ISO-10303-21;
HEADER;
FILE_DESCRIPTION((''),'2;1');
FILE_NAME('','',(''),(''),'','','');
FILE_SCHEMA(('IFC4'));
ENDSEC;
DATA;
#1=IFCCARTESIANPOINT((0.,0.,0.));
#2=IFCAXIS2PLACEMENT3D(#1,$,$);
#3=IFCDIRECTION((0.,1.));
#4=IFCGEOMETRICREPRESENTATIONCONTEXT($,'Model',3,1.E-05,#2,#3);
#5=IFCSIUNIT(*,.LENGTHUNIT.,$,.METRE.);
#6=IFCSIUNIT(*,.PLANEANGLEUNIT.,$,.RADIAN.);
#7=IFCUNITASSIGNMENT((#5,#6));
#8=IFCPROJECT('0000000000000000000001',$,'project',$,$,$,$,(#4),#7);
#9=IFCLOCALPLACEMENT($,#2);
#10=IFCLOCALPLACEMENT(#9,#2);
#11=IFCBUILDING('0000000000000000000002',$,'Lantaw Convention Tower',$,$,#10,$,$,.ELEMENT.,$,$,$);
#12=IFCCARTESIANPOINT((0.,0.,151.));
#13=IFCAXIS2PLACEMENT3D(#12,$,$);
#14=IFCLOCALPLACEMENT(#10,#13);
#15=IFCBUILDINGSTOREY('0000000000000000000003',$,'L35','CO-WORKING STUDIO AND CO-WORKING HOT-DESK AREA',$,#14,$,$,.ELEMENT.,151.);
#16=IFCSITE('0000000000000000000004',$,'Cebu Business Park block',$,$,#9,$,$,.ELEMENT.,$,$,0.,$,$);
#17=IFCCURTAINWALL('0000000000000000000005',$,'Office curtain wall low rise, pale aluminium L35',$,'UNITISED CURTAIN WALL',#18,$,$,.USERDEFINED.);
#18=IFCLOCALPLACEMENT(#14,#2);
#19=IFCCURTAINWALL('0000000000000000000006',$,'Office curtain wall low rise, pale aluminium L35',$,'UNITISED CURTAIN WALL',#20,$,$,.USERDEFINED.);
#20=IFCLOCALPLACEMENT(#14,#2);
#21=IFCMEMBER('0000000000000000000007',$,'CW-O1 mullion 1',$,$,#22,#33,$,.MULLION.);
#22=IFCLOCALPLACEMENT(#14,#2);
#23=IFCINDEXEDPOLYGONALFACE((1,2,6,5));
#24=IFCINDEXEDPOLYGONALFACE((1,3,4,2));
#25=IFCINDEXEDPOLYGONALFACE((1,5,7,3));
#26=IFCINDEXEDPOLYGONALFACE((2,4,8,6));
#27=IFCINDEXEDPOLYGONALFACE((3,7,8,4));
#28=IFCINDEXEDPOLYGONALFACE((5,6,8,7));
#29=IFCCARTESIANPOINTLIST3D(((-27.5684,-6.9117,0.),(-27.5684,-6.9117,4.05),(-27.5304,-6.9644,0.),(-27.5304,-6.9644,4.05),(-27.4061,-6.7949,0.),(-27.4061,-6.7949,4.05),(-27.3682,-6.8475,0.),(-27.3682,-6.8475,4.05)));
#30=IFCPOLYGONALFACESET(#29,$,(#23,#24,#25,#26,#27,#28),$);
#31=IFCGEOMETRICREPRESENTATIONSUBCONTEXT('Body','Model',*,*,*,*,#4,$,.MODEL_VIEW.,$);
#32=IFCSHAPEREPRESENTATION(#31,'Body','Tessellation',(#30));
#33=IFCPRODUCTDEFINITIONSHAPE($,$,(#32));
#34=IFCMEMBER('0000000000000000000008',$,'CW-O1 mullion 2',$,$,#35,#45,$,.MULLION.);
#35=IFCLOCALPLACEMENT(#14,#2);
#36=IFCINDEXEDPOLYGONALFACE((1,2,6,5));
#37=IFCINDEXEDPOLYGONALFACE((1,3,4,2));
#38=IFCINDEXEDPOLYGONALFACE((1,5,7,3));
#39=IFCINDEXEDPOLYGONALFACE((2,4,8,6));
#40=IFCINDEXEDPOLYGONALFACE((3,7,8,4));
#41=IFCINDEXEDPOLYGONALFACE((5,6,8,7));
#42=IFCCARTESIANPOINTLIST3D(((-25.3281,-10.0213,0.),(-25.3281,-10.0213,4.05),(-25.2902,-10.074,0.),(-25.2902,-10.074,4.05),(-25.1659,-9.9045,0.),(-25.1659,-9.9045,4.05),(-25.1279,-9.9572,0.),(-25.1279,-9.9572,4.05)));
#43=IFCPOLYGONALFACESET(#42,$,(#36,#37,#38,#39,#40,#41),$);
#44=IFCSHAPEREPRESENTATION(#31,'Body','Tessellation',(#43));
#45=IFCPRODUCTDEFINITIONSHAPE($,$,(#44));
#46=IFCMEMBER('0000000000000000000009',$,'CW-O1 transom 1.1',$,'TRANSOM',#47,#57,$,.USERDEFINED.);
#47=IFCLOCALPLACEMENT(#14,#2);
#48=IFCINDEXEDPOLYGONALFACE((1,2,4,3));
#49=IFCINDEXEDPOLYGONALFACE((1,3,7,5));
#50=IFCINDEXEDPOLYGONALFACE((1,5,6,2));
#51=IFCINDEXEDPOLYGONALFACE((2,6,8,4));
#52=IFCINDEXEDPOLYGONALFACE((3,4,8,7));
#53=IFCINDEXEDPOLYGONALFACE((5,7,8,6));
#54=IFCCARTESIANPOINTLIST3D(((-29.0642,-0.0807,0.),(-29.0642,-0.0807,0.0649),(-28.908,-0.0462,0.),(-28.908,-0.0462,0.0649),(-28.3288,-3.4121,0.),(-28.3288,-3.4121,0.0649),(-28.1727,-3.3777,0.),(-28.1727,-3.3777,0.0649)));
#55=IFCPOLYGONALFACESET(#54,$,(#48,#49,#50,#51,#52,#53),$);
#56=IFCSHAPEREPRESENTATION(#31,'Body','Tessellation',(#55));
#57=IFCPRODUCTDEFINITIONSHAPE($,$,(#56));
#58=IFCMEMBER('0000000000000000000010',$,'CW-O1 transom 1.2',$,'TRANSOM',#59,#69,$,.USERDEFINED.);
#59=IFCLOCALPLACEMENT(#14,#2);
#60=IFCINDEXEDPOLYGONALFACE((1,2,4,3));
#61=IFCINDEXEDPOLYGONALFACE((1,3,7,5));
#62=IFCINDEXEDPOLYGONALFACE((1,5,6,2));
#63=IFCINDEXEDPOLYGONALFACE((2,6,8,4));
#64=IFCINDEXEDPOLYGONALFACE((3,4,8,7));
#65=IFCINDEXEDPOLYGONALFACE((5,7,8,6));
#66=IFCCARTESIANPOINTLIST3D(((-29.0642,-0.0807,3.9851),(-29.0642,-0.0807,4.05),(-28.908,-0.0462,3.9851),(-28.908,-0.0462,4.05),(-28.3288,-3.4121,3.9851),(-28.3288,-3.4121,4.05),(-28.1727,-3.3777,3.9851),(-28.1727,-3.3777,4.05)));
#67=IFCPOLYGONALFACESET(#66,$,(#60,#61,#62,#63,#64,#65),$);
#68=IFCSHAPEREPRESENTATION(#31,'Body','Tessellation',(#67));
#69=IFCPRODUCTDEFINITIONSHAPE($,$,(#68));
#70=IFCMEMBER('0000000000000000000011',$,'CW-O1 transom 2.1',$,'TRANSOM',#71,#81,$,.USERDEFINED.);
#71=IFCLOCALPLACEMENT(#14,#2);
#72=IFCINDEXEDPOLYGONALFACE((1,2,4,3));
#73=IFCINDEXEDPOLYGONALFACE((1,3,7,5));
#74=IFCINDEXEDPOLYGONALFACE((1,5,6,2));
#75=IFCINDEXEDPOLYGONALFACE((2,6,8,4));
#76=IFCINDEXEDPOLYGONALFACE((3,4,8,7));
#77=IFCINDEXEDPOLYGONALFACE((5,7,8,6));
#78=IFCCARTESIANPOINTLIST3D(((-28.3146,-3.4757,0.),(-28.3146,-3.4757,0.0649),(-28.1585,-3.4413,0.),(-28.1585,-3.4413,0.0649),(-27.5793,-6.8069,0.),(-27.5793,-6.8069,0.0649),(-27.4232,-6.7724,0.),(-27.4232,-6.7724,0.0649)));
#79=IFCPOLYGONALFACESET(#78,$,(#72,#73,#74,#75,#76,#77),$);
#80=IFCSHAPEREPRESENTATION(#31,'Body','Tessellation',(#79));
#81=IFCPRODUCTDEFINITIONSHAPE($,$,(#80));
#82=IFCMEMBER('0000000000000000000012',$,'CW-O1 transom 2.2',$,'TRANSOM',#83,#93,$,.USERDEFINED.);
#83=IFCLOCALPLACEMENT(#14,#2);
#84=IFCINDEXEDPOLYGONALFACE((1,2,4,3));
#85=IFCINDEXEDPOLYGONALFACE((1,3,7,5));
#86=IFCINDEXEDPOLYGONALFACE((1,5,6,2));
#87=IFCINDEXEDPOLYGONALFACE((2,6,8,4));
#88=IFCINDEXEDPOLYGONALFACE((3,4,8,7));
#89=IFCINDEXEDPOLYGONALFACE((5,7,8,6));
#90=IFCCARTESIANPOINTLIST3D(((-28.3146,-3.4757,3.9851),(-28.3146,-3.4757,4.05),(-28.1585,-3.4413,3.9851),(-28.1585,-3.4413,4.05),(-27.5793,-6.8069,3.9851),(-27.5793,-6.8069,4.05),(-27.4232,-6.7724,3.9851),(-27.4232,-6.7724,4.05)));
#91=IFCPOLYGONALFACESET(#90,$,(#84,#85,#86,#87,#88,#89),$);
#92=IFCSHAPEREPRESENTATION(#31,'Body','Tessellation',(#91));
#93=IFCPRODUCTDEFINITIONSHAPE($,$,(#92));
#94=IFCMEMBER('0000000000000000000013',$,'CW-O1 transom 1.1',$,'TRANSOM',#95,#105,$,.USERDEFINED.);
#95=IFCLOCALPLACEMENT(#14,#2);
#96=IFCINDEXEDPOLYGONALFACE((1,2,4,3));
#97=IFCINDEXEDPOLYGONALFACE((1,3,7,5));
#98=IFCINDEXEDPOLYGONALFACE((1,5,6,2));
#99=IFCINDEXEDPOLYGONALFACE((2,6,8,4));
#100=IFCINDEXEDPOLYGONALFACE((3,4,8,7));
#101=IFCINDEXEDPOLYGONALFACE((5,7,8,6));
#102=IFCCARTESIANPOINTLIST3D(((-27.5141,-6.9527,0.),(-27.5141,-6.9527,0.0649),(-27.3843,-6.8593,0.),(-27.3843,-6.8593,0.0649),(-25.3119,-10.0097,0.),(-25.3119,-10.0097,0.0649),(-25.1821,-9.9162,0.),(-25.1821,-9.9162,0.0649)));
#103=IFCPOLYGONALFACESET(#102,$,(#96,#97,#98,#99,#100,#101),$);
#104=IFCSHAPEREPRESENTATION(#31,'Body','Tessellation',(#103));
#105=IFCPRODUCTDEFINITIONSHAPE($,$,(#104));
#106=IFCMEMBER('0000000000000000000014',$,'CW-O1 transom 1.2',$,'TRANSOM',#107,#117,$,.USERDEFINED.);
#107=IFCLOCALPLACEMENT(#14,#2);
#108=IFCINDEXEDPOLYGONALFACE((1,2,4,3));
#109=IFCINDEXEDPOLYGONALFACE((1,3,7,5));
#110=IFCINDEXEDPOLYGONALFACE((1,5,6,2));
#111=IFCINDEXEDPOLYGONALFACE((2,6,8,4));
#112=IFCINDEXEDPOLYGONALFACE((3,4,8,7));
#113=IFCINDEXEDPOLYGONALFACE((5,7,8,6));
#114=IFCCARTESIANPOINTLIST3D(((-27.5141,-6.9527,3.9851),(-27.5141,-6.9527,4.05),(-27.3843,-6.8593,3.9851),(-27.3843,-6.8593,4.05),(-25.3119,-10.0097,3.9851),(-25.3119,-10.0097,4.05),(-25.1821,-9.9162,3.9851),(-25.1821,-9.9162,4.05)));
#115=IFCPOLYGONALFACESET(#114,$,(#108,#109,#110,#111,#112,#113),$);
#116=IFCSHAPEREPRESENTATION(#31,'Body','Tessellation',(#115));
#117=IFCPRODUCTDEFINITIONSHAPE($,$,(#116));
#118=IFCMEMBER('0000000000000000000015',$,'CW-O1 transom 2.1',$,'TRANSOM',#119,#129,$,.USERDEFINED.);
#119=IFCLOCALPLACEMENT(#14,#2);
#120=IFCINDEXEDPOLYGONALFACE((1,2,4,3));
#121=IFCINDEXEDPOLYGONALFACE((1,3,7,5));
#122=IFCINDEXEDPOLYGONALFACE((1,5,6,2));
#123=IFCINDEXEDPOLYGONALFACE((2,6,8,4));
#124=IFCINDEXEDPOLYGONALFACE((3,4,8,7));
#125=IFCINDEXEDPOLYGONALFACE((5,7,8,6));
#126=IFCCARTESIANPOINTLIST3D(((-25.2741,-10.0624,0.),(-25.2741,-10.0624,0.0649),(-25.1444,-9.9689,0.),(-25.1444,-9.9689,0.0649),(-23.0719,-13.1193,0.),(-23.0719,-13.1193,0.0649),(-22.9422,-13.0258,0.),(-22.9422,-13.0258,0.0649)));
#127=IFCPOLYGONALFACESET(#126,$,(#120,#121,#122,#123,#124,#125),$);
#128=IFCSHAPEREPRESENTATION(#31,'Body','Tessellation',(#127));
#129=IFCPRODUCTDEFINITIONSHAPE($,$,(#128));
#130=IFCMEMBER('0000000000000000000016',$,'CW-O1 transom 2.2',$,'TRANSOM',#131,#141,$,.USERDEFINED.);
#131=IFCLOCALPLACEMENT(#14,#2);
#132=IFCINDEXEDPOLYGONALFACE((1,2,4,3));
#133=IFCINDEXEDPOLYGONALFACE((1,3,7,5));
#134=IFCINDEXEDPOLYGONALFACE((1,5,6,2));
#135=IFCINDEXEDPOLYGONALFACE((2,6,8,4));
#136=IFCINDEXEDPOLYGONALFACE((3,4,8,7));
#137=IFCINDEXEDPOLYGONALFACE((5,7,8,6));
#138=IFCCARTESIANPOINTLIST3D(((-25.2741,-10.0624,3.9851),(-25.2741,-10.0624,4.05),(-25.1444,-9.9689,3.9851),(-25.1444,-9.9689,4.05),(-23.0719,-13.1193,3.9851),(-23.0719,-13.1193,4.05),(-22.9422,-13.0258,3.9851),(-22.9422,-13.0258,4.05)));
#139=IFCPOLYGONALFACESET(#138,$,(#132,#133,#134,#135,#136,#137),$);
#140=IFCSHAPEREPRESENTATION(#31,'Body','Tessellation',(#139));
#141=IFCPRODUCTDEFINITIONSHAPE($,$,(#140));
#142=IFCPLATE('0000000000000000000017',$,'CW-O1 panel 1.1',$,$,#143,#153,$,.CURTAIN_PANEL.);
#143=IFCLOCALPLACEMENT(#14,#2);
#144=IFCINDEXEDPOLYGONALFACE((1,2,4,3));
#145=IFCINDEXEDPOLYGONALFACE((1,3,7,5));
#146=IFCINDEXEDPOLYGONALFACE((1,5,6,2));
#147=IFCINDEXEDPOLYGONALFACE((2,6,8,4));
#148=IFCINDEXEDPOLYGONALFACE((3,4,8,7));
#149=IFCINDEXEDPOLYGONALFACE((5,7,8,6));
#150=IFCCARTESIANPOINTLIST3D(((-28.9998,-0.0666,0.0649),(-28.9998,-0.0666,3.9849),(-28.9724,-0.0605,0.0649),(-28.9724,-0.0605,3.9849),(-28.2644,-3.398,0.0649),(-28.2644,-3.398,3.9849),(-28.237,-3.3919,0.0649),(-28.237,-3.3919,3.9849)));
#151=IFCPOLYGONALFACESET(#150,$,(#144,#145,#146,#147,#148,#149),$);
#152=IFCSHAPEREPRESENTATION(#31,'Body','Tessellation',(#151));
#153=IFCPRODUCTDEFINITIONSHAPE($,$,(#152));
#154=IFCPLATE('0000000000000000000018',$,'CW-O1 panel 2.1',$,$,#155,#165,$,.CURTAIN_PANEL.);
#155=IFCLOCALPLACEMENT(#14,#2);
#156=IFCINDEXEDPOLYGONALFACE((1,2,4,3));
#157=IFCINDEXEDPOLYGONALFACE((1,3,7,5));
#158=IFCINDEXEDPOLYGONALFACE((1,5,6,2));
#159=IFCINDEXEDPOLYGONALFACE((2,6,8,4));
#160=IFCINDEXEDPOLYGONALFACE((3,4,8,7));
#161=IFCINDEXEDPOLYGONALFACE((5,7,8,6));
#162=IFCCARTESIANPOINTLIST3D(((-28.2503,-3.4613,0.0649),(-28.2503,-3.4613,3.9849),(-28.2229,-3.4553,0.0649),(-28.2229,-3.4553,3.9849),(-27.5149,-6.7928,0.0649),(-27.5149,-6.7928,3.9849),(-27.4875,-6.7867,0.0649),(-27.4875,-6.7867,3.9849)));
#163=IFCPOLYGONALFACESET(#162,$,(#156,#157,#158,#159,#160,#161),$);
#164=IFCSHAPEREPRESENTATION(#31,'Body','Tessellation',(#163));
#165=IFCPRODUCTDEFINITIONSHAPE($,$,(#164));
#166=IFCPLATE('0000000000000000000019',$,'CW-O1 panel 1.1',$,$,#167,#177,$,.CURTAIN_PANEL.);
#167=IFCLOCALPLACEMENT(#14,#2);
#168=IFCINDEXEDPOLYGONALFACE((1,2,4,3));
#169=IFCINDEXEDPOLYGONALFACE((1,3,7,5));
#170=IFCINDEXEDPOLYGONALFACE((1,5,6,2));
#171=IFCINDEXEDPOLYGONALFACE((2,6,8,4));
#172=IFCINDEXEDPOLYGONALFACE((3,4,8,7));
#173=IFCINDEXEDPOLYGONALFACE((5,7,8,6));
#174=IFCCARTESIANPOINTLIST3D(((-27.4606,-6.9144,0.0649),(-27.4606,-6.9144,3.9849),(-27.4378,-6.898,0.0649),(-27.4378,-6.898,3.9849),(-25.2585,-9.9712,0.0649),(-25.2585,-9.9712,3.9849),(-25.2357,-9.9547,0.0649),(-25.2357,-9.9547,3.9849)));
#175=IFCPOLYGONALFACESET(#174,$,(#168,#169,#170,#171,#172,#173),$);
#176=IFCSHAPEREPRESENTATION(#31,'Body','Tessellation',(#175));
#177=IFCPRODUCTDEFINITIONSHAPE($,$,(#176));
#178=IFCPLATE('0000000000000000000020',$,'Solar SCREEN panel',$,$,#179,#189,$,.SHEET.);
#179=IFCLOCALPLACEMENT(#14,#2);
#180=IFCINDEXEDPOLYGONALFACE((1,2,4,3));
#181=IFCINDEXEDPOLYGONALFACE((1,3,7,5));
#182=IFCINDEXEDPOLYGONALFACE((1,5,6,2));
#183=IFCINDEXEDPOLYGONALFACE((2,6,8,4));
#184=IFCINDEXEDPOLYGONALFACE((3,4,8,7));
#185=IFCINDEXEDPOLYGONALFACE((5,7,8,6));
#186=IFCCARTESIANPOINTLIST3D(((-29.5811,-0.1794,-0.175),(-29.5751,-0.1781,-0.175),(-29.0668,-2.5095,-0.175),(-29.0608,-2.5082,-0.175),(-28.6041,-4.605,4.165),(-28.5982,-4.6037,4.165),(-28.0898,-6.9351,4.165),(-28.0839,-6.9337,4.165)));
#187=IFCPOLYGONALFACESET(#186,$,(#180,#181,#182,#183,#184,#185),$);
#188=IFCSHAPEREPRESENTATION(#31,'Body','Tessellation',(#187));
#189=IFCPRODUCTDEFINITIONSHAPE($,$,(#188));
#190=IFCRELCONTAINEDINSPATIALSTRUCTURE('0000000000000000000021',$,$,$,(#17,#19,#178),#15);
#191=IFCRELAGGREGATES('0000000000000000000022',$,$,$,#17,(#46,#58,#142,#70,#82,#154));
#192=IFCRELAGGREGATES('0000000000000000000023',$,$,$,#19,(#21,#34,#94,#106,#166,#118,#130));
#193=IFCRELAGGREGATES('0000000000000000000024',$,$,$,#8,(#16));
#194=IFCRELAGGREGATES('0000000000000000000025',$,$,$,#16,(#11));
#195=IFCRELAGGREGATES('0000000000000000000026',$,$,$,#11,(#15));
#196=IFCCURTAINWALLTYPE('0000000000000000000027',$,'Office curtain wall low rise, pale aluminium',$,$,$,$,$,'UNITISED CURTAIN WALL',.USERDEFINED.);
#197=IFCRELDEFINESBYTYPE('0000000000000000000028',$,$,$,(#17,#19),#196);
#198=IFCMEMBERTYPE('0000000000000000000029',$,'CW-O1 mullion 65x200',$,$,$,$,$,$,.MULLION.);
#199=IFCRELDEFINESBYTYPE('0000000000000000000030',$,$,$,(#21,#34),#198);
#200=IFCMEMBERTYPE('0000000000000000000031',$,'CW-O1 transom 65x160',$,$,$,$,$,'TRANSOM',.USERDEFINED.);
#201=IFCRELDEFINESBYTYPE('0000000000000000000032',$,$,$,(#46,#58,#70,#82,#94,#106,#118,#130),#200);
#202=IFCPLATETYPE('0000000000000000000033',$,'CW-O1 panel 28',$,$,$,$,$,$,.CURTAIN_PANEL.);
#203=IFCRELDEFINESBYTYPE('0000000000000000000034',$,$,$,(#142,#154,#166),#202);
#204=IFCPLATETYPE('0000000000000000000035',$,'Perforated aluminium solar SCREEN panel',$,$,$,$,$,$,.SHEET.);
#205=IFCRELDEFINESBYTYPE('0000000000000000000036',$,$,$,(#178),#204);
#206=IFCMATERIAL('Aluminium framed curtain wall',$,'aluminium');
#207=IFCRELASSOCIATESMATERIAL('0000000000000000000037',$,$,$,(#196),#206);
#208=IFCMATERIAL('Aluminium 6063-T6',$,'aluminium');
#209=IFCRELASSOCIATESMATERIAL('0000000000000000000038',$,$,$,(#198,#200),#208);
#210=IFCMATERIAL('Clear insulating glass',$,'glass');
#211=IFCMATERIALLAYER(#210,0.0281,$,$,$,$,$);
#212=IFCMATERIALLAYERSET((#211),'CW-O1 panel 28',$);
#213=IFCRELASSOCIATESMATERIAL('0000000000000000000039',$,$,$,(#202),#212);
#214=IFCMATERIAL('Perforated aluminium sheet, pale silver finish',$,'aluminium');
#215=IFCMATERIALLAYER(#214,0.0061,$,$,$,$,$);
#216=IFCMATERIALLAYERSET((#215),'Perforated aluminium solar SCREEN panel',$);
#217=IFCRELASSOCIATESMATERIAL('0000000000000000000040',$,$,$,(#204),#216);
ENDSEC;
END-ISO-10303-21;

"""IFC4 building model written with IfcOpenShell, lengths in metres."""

from ifc_helpers import new_model, si_unit, direction, frame, origin, origin_2d, place, context, subcontext, project, spatial, polyline, rectangle, outline, extrude, material, layer, layer_set, material_profile, profile_set, type_object, element, aggregate, save


model = new_model("IFC4")

# Units and contexts
model_context = context("Model", 3, precision=1e-05, world=origin(), true_north=direction((0.0, 1.0)))
body_context = subcontext(model_context, "Body", "Model", "MODEL_VIEW")
ifc_project = project(units=[si_unit("LENGTHUNIT", "METRE"), si_unit("PLANEANGLEUNIT", "RADIAN")], contexts=[model_context])

# Site, building, storey
site_placement = place(None, origin())
site = spatial("IfcSite", under=ifc_project, at=site_placement, Name="Cebu Business Park block", CompositionType="ELEMENT", RefElevation=0.0)
building_placement = place(site_placement, origin())
building = spatial("IfcBuilding", under=site, at=building_placement, Name="Lantaw Convention Tower", CompositionType="ELEMENT")
storey_placement = place(building_placement, frame((0.0, 0.0, 151.0)))
storey = spatial("IfcBuildingStorey", under=building, at=storey_placement, Name="L35", Description="CO-WORKING STUDIO AND CO-WORKING HOT-DESK AREA", CompositionType="ELEMENT", Elevation=151.0)

# Curtain walls, members
ifc_material_1 = material(Name="Aluminium framed curtain wall", Category="aluminium")
curtain_wall_type = type_object("IfcCurtainWallType", Name="Office curtain wall low rise, pale aluminium", ElementType="UNITISED CURTAIN WALL", PredefinedType="USERDEFINED", material=ifc_material_1)
curtain_wall_1_placement = place(storey_placement, origin())
curtain_wall_1 = element("IfcCurtainWall", 1, at=curtain_wall_1_placement, inside=storey, type_object=curtain_wall_type, Name="Office curtain wall low rise, pale aluminium L35", ObjectType="UNITISED CURTAIN WALL", PredefinedType="USERDEFINED")
ifc_material_2 = material(Name="Aluminium 6063-T6", Category="aluminium")
ifc_material_profile_1 = material_profile(ifc_material_2, rectangle(XDim=0.2, YDim=0.0649, at=origin_2d()), Name="CW-O1 mullion 65x200")
ifc_profile_set_1 = profile_set([ifc_material_profile_1], Name="Aluminium 6063-T6")
member_type_1 = type_object("IfcMemberType", Name="CW-O1 mullion 65x200", PredefinedType="MULLION", material=ifc_profile_set_1)
curtain_wall_2_placement = place(storey_placement, origin())
curtain_wall_2 = element("IfcCurtainWall", 2, at=curtain_wall_2_placement, inside=storey, type_object=curtain_wall_type, Name="Office curtain wall low rise, pale aluminium L35", ObjectType="UNITISED CURTAIN WALL", PredefinedType="USERDEFINED")
member_1_placement = place(storey_placement, frame((-27.4683, -6.8796, 0.0), z_axis=(0.0, 0.0, 1.0), x_axis=(0.811385, 0.584513, 0.0)))
member_1 = element("IfcMember", 3, at=member_1_placement, type_object=member_type_1, Name="CW-O1 mullion 1", PredefinedType="MULLION", context=body_context, shape_type="SweptSolid", body=[
    extrude(rectangle(XDim=0.2, YDim=0.0649, at=origin_2d()), origin(), (0.0, 0.0, 1.0), 4.05),
])
member_2_placement = place(storey_placement, frame((-25.228, -9.9893, 0.0), z_axis=(0.0, 0.0, 1.0), x_axis=(0.811385, 0.584513, 0.0)))
member_2 = element("IfcMember", 4, at=member_2_placement, type_object=member_type_1, Name="CW-O1 mullion 2", PredefinedType="MULLION", context=body_context, shape_type="SweptSolid", body=[
    extrude(rectangle(XDim=0.2, YDim=0.0649, at=origin_2d()), origin(), (0.0, 0.0, 1.0), 4.05),
])

# Members
ifc_material_profile_2 = material_profile(ifc_material_2, rectangle(XDim=0.1599, YDim=0.0649, at=origin_2d()), Name="CW-O1 transom 65x160")
ifc_profile_set_2 = profile_set([ifc_material_profile_2], Name="Aluminium 6063-T6")
member_type_2 = type_object("IfcMemberType", Name="CW-O1 transom 65x160", ElementType="TRANSOM", PredefinedType="USERDEFINED", material=ifc_profile_set_2)
member_3_placement = place(storey_placement, frame((-28.9861, -0.0635, 0.0325), z_axis=(0.215536, -0.976496, 0.0), x_axis=(0.976496, 0.215536, 0.0)))
member_3 = element("IfcMember", 5, at=member_3_placement, type_object=member_type_2, Name="CW-O1 transom 1.1", ObjectType="TRANSOM", PredefinedType="USERDEFINED", context=body_context, shape_type="SweptSolid", body=[
    extrude(rectangle(XDim=0.1599, YDim=0.0649, at=origin_2d()), origin(), (0.0, 0.0, 1.0), 3.4116),
])
member_4_placement = place(storey_placement, frame((-28.9861, -0.0635, 4.0176), z_axis=(0.215536, -0.976496, 0.0), x_axis=(0.976496, 0.215536, 0.0)))
member_4 = element("IfcMember", 6, at=member_4_placement, type_object=member_type_2, Name="CW-O1 transom 1.2", ObjectType="TRANSOM", PredefinedType="USERDEFINED", context=body_context, shape_type="SweptSolid", body=[
    extrude(rectangle(XDim=0.1599, YDim=0.0649, at=origin_2d()), origin(), (0.0, 0.0, 1.0), 3.4116),
])
member_5_placement = place(storey_placement, frame((-28.2366, -3.4585, 0.0325), z_axis=(0.215551, -0.976493, 0.0), x_axis=(0.976493, 0.215551, 0.0)))
member_5 = element("IfcMember", 7, at=member_5_placement, type_object=member_type_2, Name="CW-O1 transom 2.1", ObjectType="TRANSOM", PredefinedType="USERDEFINED", context=body_context, shape_type="SweptSolid", body=[
    extrude(rectangle(XDim=0.1599, YDim=0.0649, at=origin_2d()), origin(), (0.0, 0.0, 1.0), 3.4114),
])
member_6_placement = place(storey_placement, frame((-28.2366, -3.4585, 4.0176), z_axis=(0.215551, -0.976493, 0.0), x_axis=(0.976493, 0.215551, 0.0)))
member_6 = element("IfcMember", 8, at=member_6_placement, type_object=member_type_2, Name="CW-O1 transom 2.2", ObjectType="TRANSOM", PredefinedType="USERDEFINED", context=body_context, shape_type="SweptSolid", body=[
    extrude(rectangle(XDim=0.1599, YDim=0.0649, at=origin_2d()), origin(), (0.0, 0.0, 1.0), 3.4114),
])
member_7_placement = place(storey_placement, frame((-27.4492, -6.906, 0.0325), z_axis=(0.584513, -0.811384, 0.0), x_axis=(0.811384, 0.584513, 0.0)))
member_7 = element("IfcMember", 9, at=member_7_placement, type_object=member_type_2, Name="CW-O1 transom 1.1", ObjectType="TRANSOM", PredefinedType="USERDEFINED", context=body_context, shape_type="SweptSolid", body=[
    extrude(rectangle(XDim=0.1599, YDim=0.0649, at=origin_2d()), origin(), (0.0, 0.0, 1.0), 3.7676),
])
member_8_placement = place(storey_placement, frame((-27.4492, -6.906, 4.0176), z_axis=(0.584513, -0.811384, 0.0), x_axis=(0.811384, 0.584513, 0.0)))
member_8 = element("IfcMember", 10, at=member_8_placement, type_object=member_type_2, Name="CW-O1 transom 1.2", ObjectType="TRANSOM", PredefinedType="USERDEFINED", context=body_context, shape_type="SweptSolid", body=[
    extrude(rectangle(XDim=0.1599, YDim=0.0649, at=origin_2d()), origin(), (0.0, 0.0, 1.0), 3.7676),
])
member_9_placement = place(storey_placement, frame((-25.2092, -10.0156, 0.0325), z_axis=(0.584513, -0.811384, 0.0), x_axis=(0.811384, 0.584513, 0.0)))
member_9 = element("IfcMember", 11, at=member_9_placement, type_object=member_type_2, Name="CW-O1 transom 2.1", ObjectType="TRANSOM", PredefinedType="USERDEFINED", context=body_context, shape_type="SweptSolid", body=[
    extrude(rectangle(XDim=0.1599, YDim=0.0649, at=origin_2d()), origin(), (0.0, 0.0, 1.0), 3.7676),
])
member_10_placement = place(storey_placement, frame((-25.2092, -10.0156, 4.0176), z_axis=(0.584513, -0.811384, 0.0), x_axis=(0.811384, 0.584513, 0.0)))
member_10 = element("IfcMember", 12, at=member_10_placement, type_object=member_type_2, Name="CW-O1 transom 2.2", ObjectType="TRANSOM", PredefinedType="USERDEFINED", context=body_context, shape_type="SweptSolid", body=[
    extrude(rectangle(XDim=0.1599, YDim=0.0649, at=origin_2d()), origin(), (0.0, 0.0, 1.0), 3.7676),
])

# Plates
ifc_material_3 = material(Name="Clear insulating glass", Category="glass")
ifc_layer_1 = layer(ifc_material_3, 0.0281)
ifc_layer_set_1 = layer_set([ifc_layer_1], Name="CW-O1 panel 28")
plate_type_1 = type_object("IfcPlateType", Name="CW-O1 panel 28", PredefinedType="CURTAIN_PANEL", material=ifc_layer_set_1)
plate_1_placement = place(storey_placement, frame((-28.6184, -1.7292, 0.0649), z_axis=(0.0, 0.0, 1.0), x_axis=(0.215546, -0.976494, 0.0)))
plate_1 = element("IfcPlate", 13, at=plate_1_placement, type_object=plate_type_1, Name="CW-O1 panel 1.1", PredefinedType="CURTAIN_PANEL", context=body_context, shape_type="SweptSolid", body=[
    extrude(rectangle(XDim=3.4116, YDim=0.0281, at=origin_2d()), origin(), (0.0, 0.0, 1.0), 3.9199),
])
plate_2_placement = place(storey_placement, frame((-27.8689, -5.124, 0.0649), z_axis=(0.0, 0.0, 1.0), x_axis=(0.215546, -0.976494, 0.0)))
plate_2 = element("IfcPlate", 14, at=plate_2_placement, type_object=plate_type_1, Name="CW-O1 panel 2.1", PredefinedType="CURTAIN_PANEL", context=body_context, shape_type="SweptSolid", body=[
    extrude(rectangle(XDim=3.4116, YDim=0.0281, at=origin_2d()), origin(), (0.0, 0.0, 1.0), 3.9199),
])
aggregate(curtain_wall_1, [member_3, member_4, plate_1, member_5, member_6, plate_2])
plate_3_placement = place(storey_placement, frame((-26.3481, -8.4346, 0.0649), z_axis=(0.0, 0.0, 1.0), x_axis=(0.584513, -0.811385, 0.0)))
plate_3 = element("IfcPlate", 15, at=plate_3_placement, type_object=plate_type_1, Name="CW-O1 panel 1.1", PredefinedType="CURTAIN_PANEL", context=body_context, shape_type="SweptSolid", body=[
    extrude(rectangle(XDim=3.7673, YDim=0.0281, at=origin_2d()), origin(), (0.0, 0.0, 1.0), 3.9199),
])
aggregate(curtain_wall_2, [member_1, member_2, member_7, member_8, plate_3, member_9, member_10])

# Plate
ifc_material_4 = material(Name="Perforated aluminium sheet, pale silver finish", Category="aluminium")
ifc_layer_2 = layer(ifc_material_4, 0.0061)
ifc_layer_set_2 = layer_set([ifc_layer_2], Name="Perforated aluminium solar SCREEN panel")
plate_type_2 = type_object("IfcPlateType", Name="Perforated aluminium solar SCREEN panel", PredefinedType="SHEET", material=ifc_layer_set_2)
plate_4_placement = place(storey_placement, frame((-29.5811, -0.1794, -0.175), z_axis=(-0.976498, -0.215527, 0.000033), x_axis=(0.215527, -0.976498, 0.0)))
element("IfcPlate", 16, at=plate_4_placement, inside=storey, type_object=plate_type_2, Name="Solar SCREEN panel", PredefinedType="SHEET", context=body_context, shape_type="SweptSolid", body=[
    extrude(outline(polyline([(0.0, 0.0), (2.3862, 0.0), (6.9182, 4.3401), (4.5321, 4.3401), (0.0, 0.0)])), origin(), (0.0, 0.0, -1.0), 0.0061),
])

save(model, "model.ifc")
